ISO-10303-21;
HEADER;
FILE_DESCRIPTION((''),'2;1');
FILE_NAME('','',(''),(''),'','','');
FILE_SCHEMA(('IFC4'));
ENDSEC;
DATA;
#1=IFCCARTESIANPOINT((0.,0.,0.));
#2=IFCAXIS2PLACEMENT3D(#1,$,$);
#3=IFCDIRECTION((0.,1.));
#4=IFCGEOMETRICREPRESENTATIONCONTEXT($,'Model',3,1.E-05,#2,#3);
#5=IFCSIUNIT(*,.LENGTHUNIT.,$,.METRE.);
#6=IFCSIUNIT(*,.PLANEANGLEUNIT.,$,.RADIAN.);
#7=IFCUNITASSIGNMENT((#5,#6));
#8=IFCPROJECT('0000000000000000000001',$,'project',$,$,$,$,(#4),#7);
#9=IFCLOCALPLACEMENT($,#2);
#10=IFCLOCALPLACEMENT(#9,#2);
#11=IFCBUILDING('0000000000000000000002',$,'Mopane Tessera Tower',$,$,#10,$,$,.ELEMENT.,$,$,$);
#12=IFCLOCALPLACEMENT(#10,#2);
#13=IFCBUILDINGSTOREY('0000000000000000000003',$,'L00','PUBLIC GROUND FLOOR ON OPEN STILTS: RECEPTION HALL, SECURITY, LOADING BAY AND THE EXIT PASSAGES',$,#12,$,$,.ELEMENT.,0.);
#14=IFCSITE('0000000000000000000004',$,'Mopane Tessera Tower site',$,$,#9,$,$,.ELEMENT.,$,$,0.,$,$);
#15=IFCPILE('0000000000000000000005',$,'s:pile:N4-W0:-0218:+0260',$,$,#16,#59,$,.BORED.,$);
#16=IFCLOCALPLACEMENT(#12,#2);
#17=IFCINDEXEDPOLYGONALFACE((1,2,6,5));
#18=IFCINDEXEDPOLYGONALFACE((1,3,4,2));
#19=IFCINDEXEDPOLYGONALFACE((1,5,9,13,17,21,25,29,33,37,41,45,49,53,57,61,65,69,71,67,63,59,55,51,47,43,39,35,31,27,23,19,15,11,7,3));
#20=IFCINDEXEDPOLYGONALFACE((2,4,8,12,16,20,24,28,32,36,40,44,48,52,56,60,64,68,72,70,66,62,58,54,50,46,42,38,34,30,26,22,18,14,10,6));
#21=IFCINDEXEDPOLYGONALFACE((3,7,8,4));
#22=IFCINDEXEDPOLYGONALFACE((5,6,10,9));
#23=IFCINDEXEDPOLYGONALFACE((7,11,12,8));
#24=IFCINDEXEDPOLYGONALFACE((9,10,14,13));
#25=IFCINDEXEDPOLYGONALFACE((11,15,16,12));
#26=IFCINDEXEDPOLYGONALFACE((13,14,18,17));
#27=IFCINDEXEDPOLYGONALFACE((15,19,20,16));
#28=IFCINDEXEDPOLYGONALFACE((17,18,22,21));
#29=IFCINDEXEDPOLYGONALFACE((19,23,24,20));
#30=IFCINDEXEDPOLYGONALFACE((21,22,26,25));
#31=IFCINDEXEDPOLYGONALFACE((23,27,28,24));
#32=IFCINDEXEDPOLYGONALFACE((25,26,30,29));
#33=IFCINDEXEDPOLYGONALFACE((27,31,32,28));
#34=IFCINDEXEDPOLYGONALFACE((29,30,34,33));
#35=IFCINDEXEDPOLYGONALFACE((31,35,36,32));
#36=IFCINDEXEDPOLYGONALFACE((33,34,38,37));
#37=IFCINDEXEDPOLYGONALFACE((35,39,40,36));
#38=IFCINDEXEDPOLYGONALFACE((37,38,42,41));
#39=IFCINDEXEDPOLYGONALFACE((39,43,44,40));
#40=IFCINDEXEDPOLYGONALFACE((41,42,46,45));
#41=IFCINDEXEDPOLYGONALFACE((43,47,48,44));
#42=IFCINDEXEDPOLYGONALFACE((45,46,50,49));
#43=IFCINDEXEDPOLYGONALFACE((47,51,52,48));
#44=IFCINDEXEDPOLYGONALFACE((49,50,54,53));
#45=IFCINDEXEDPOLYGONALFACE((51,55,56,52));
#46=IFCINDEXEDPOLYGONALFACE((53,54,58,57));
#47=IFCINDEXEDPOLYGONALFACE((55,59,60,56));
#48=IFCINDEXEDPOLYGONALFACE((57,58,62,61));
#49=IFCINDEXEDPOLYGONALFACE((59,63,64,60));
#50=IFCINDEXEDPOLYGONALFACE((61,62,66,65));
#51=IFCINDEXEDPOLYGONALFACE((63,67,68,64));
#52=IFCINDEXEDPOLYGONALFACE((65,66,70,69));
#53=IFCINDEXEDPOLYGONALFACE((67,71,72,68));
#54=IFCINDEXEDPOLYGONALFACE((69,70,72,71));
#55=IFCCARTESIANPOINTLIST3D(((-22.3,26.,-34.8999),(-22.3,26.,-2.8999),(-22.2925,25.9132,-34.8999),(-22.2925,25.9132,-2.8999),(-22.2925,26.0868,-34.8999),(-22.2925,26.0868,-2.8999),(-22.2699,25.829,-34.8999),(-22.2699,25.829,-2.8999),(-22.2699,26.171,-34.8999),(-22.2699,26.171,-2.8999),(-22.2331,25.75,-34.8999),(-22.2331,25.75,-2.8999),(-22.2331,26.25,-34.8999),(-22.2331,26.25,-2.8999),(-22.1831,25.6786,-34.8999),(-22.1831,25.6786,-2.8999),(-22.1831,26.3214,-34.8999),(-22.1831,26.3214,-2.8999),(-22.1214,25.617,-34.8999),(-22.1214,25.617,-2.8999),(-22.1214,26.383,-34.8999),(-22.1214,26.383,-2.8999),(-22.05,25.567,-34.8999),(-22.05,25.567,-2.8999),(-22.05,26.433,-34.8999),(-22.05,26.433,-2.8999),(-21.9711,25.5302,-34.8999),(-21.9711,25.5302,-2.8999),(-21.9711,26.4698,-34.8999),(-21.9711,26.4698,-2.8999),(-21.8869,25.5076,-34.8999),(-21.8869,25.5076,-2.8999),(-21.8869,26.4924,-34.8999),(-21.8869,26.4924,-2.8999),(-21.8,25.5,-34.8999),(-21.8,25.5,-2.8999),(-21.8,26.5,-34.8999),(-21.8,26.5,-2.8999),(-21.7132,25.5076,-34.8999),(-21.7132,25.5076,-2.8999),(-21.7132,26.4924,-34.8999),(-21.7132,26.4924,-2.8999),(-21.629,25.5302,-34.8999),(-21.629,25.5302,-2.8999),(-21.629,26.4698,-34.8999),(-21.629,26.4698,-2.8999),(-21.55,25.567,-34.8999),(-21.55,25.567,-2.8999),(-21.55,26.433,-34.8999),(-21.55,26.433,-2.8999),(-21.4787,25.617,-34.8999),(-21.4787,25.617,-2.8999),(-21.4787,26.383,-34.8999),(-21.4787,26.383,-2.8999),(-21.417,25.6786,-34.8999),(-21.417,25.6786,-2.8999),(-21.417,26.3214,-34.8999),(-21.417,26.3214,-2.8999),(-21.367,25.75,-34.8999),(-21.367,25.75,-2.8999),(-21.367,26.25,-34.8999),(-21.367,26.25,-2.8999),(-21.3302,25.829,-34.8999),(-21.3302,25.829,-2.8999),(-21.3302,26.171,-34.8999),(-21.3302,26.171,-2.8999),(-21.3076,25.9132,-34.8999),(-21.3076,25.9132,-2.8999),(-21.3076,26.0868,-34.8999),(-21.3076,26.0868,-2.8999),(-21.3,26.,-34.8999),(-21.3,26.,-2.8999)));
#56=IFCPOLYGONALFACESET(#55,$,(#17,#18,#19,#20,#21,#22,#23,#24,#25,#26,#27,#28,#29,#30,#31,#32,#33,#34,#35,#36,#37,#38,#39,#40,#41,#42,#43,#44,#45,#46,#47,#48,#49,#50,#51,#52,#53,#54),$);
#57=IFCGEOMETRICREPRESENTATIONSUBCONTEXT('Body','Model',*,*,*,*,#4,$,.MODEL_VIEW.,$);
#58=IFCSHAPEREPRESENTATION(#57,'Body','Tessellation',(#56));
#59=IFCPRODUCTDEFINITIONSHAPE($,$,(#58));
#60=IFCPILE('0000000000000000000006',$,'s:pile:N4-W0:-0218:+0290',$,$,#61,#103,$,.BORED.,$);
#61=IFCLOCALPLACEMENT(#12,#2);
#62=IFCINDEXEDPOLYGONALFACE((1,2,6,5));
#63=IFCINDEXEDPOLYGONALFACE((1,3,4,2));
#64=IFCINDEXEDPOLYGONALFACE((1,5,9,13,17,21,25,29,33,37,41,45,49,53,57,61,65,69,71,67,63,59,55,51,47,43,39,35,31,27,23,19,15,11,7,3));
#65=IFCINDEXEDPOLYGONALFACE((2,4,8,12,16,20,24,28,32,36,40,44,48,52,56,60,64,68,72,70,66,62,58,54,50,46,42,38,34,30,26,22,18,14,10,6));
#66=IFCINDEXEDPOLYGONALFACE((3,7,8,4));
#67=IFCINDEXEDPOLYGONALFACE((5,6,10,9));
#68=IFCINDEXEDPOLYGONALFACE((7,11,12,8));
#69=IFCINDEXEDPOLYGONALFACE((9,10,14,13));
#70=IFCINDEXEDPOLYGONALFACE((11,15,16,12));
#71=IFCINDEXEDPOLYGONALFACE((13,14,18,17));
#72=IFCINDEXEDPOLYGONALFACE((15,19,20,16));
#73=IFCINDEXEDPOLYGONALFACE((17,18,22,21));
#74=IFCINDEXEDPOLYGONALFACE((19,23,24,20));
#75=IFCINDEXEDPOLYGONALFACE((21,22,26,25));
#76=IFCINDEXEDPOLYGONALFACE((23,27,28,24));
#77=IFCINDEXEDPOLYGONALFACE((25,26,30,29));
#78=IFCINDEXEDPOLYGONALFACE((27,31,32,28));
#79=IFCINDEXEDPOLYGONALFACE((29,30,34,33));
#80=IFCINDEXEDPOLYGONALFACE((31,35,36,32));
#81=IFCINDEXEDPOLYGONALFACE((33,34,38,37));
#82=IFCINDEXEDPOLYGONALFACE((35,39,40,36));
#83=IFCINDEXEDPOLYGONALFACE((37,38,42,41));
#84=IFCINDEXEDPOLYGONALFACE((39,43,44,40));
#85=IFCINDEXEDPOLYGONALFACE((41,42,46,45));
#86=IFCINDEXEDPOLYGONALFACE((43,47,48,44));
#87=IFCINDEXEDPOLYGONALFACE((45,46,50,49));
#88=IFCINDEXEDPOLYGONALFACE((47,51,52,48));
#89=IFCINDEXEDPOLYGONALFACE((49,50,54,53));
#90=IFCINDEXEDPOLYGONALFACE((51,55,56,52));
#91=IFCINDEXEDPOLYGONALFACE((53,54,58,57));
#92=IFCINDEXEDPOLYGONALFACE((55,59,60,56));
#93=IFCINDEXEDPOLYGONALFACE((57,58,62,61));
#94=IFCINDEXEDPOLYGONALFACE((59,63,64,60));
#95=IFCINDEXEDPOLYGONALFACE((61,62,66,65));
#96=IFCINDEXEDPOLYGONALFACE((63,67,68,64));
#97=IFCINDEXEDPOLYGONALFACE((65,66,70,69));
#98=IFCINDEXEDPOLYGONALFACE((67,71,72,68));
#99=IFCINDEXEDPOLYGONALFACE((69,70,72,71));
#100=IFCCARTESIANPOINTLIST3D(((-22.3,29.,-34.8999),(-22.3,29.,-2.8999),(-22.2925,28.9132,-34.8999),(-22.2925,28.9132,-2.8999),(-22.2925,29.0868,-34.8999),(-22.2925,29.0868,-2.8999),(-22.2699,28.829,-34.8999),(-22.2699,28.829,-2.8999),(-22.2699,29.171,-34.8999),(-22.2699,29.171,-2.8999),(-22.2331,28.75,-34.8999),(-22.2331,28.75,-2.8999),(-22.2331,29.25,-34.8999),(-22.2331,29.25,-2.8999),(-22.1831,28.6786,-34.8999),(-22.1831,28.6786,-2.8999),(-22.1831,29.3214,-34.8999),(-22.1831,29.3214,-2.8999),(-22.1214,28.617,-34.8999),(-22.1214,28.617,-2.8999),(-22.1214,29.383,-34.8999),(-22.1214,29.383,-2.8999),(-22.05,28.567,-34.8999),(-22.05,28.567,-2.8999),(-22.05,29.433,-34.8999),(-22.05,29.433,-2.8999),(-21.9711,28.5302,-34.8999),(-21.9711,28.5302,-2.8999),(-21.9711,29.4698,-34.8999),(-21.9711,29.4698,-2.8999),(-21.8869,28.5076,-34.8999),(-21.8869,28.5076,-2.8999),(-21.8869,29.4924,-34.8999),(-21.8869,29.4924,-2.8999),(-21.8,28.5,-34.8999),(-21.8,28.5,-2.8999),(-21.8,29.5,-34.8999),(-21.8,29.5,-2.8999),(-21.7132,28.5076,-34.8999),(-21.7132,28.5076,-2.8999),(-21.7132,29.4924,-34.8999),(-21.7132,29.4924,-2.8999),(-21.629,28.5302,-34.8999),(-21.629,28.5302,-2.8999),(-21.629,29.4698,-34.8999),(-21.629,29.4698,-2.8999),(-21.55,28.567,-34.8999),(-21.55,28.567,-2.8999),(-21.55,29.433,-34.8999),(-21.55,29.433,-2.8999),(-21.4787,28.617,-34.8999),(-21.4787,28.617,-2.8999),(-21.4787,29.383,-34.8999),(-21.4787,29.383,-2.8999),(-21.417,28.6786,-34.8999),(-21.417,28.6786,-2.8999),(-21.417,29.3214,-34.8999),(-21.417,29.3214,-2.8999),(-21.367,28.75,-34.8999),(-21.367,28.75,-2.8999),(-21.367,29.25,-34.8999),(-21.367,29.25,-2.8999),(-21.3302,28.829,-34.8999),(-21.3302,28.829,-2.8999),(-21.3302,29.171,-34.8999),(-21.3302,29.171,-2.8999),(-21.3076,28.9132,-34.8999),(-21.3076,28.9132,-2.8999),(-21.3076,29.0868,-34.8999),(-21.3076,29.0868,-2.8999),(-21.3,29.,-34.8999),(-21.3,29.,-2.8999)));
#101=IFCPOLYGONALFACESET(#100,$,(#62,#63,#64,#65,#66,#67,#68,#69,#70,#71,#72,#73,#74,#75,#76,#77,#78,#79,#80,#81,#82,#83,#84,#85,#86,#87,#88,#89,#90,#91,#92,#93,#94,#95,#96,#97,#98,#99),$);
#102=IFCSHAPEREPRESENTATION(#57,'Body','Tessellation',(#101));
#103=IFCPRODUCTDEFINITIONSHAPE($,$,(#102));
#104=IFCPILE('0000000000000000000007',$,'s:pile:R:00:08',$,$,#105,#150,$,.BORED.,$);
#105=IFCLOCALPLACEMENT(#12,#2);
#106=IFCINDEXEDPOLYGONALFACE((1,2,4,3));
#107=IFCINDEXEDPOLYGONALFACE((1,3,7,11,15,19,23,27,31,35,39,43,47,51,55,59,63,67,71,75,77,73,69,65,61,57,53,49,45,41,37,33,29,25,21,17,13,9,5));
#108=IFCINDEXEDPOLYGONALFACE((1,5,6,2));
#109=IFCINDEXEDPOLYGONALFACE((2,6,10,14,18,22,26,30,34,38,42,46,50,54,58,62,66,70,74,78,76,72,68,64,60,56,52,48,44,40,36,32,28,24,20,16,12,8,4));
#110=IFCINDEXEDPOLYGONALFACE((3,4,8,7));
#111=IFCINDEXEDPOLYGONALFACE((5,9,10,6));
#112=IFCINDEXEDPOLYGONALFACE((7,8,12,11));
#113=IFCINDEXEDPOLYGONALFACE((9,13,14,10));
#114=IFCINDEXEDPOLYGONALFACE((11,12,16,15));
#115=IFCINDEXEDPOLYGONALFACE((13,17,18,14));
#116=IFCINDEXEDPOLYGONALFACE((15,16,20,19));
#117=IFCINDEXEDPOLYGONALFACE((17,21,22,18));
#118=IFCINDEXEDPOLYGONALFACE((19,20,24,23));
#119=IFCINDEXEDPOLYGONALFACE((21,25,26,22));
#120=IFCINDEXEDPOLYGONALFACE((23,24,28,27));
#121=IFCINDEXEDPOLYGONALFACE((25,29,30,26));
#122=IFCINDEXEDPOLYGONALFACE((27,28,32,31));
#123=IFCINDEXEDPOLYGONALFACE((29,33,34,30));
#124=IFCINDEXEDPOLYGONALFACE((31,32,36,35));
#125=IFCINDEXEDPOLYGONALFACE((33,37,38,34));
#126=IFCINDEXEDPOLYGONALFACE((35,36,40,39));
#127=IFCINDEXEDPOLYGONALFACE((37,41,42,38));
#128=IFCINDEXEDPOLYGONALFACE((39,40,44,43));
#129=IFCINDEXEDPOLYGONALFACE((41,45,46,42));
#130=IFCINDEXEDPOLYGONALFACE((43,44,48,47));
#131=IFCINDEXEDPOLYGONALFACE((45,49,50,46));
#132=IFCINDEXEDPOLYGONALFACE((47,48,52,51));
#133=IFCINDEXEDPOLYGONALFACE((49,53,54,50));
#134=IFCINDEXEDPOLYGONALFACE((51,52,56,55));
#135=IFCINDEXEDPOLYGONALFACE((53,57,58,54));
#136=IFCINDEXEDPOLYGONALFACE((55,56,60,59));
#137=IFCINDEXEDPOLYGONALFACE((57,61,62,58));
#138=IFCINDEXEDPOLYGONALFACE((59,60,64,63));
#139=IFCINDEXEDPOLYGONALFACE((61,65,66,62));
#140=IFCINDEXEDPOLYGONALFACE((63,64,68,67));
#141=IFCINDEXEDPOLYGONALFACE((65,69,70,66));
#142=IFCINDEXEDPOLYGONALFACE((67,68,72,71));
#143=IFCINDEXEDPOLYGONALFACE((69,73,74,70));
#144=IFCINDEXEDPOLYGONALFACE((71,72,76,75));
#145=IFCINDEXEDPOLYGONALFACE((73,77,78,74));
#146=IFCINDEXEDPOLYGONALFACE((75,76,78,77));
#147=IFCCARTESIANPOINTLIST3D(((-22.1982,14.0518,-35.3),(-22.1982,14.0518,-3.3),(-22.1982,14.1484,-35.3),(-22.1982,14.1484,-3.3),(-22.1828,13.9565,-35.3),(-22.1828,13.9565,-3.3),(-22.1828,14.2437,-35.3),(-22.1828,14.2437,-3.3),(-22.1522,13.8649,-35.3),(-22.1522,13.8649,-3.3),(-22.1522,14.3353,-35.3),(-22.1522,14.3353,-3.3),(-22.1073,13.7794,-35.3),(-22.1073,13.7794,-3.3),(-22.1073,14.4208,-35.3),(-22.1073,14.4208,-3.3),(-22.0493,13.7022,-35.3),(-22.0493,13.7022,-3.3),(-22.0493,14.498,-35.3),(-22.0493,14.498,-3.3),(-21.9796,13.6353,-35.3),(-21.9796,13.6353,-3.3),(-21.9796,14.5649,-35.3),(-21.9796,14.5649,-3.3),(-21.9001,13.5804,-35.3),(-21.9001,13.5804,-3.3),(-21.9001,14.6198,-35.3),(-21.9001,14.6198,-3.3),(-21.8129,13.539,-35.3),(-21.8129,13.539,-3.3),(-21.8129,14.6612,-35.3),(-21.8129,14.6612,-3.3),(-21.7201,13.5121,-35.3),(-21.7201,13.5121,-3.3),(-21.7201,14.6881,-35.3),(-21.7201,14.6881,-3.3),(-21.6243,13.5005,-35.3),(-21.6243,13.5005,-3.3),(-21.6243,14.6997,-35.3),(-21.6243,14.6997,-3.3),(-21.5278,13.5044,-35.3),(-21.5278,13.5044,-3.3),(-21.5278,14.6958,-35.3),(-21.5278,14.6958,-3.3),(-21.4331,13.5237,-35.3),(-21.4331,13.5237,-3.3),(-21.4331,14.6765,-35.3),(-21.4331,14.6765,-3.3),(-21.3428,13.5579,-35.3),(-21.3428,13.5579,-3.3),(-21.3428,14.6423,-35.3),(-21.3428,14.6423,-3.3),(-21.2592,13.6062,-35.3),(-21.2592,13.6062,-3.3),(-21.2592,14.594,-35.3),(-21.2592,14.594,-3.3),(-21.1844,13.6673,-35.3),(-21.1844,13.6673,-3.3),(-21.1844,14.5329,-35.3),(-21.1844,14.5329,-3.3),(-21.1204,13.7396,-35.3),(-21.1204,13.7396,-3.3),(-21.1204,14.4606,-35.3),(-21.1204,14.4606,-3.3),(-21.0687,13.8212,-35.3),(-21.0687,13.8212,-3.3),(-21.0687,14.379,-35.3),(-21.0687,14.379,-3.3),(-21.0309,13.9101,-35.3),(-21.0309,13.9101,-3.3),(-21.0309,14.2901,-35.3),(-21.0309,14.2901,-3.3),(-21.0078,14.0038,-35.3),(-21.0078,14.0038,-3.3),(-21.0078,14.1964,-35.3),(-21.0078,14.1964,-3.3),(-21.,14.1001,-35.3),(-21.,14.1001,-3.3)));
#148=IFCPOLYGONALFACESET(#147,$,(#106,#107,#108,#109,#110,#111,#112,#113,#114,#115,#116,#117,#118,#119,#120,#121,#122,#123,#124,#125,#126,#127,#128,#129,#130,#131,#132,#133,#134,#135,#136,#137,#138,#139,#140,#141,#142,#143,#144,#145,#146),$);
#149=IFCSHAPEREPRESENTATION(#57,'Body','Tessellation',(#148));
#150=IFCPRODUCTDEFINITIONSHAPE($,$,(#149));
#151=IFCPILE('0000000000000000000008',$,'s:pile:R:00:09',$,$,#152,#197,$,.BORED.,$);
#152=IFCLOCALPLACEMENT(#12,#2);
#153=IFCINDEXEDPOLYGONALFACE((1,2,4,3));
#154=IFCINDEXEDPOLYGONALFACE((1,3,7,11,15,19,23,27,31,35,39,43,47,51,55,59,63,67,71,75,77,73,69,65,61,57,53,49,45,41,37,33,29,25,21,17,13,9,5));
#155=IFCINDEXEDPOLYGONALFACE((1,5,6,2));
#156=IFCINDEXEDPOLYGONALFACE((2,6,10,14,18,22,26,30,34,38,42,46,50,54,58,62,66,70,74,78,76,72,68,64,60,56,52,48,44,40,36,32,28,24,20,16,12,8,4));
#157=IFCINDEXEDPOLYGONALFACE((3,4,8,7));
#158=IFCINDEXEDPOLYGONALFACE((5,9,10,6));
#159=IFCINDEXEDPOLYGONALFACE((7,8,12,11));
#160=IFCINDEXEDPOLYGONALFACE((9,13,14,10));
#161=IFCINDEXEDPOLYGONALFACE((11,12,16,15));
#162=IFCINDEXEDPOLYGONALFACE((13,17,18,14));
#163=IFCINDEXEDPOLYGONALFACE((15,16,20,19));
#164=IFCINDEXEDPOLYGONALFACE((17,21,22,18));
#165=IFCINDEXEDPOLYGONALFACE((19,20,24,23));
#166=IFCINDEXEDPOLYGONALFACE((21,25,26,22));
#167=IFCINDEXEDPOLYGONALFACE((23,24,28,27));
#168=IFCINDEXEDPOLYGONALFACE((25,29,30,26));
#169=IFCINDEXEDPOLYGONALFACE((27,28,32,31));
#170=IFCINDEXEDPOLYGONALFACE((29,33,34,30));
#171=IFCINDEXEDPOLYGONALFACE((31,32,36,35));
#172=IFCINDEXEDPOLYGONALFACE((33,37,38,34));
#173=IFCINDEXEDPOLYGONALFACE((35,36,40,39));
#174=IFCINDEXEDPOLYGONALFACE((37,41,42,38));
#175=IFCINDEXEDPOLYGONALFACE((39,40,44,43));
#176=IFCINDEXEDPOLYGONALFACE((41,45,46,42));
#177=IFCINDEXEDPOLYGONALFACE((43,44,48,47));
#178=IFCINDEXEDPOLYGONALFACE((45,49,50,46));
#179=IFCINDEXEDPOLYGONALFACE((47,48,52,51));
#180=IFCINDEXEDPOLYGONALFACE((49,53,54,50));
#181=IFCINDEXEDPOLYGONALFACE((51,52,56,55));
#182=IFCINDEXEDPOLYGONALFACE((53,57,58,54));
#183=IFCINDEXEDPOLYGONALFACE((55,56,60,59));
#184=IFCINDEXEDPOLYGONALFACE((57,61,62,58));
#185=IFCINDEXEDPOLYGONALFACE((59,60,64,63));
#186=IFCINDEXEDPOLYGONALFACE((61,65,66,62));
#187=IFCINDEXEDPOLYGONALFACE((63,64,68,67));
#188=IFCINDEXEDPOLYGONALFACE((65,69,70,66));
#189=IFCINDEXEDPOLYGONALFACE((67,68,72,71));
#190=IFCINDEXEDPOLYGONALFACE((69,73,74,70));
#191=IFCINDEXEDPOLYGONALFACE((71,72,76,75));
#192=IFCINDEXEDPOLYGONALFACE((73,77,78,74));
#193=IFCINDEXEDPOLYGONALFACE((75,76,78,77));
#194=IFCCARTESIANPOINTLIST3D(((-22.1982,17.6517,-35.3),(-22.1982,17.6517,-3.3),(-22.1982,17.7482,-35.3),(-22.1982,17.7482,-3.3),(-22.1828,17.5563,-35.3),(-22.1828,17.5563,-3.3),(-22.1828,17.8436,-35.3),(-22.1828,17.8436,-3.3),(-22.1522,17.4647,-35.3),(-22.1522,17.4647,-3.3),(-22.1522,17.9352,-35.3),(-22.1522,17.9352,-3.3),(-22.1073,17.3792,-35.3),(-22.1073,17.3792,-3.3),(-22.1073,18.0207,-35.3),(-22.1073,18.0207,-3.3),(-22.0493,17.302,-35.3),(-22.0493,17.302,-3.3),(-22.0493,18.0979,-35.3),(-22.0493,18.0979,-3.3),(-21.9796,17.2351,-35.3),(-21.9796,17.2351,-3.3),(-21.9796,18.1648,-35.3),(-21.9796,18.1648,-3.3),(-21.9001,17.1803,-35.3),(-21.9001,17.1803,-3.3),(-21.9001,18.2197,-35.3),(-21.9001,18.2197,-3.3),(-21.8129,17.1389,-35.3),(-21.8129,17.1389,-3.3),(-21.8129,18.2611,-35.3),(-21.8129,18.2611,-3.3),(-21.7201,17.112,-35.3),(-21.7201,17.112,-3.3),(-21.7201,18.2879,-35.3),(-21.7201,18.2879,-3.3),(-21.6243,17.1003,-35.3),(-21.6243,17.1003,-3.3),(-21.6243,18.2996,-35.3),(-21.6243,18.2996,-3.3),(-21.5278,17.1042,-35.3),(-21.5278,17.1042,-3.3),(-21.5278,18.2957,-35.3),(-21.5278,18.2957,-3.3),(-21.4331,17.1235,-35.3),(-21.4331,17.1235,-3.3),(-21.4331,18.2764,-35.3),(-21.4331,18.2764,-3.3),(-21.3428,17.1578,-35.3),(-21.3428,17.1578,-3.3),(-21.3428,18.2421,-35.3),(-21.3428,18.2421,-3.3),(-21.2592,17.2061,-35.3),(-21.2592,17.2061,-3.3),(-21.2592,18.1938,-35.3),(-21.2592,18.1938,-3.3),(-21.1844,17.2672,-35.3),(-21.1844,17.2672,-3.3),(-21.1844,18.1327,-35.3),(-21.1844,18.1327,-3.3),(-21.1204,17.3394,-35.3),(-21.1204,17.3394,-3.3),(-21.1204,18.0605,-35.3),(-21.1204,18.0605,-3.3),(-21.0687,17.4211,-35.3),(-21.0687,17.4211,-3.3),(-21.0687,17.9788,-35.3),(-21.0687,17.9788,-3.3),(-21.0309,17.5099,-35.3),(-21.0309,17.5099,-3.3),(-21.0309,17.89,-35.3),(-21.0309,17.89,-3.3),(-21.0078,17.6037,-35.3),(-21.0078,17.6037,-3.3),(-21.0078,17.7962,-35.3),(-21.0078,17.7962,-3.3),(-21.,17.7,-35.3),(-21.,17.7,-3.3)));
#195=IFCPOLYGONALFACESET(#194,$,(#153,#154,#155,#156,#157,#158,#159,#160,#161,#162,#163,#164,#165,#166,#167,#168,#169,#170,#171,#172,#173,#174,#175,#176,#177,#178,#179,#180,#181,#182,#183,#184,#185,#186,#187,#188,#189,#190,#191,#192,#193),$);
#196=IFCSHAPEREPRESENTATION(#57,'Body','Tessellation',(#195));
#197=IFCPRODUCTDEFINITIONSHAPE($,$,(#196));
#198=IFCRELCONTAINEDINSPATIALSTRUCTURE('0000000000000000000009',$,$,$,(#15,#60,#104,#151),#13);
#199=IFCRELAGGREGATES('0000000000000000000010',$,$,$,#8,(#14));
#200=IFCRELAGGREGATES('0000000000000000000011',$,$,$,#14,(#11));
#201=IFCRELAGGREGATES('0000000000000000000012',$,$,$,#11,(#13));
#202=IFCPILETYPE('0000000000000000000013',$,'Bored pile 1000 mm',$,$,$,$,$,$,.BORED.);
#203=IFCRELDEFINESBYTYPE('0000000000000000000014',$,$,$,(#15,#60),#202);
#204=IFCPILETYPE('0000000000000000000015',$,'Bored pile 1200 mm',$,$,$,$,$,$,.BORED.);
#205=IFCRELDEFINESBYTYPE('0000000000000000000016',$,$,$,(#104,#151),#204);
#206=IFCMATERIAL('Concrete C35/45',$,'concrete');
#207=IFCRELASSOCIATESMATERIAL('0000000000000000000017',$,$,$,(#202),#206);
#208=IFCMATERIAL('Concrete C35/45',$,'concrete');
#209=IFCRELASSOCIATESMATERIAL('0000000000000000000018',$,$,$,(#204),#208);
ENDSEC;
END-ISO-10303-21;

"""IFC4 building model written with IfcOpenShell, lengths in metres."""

from ifc_helpers import new_model, si_unit, direction, frame, origin, origin_2d, place, context, subcontext, project, spatial, circle, extrude, material, material_profile, profile_set, type_object, element, save


model = new_model("IFC4")

# Units and contexts
model_context = context("Model", 3, precision=1e-05, world=origin(), true_north=direction((0.0, 1.0)))
body_context = subcontext(model_context, "Body", "Model", "MODEL_VIEW")
ifc_project = project(units=[si_unit("LENGTHUNIT", "METRE"), si_unit("PLANEANGLEUNIT", "RADIAN")], contexts=[model_context])

# Site, building, storey
site_placement = place(None, origin())
site = spatial("IfcSite", under=ifc_project, at=site_placement, Name="Mopane Tessera Tower site", CompositionType="ELEMENT", RefElevation=0.0)
building_placement = place(site_placement, origin())
building = spatial("IfcBuilding", under=site, at=building_placement, Name="Mopane Tessera Tower", CompositionType="ELEMENT")
storey_placement = place(building_placement, origin())
storey = spatial("IfcBuildingStorey", under=building, at=storey_placement, Name="L00", Description="PUBLIC GROUND FLOOR ON OPEN STILTS: RECEPTION HALL, SECURITY, LOADING BAY AND THE EXIT PASSAGES", CompositionType="ELEMENT", Elevation=0.0)

# Piles
ifc_material_1 = material(Name="Concrete C35/45", Category="concrete")
ifc_material_profile_1 = material_profile(ifc_material_1, circle(Radius=0.5, at=origin_2d()))
ifc_profile_set_1 = profile_set([ifc_material_profile_1], Name="Concrete C35/45")
pile_type_1 = type_object("IfcPileType", Name="Bored pile 1000 mm", PredefinedType="BORED", material=ifc_profile_set_1)
for number, where, z_axis, x_axis, name in (
    (1, (-21.8, 26.0, -2.8999), (0.0, 0.0, -1.0), (1.0, 0.0, 0.0), "s:pile:N4-W0:-0218:+0260"),
    (2, (-21.8, 29.0, -2.8999), (0.0, 0.0, -1.0), (1.0, 0.0, 0.0), "s:pile:N4-W0:-0218:+0290"),
):
    element("IfcPile", number, at=place(storey_placement, frame(where, z_axis=z_axis, x_axis=x_axis)), inside=storey, type_object=pile_type_1, Name=name, PredefinedType="BORED", context=body_context, shape_type="SweptSolid", body=[
        extrude(circle(Radius=0.5, at=origin_2d()), origin(), (0.0, 0.0, 1.0), 32.0),
    ])
ifc_material_2 = material(Name="Concrete C35/45", Category="concrete")
ifc_material_profile_2 = material_profile(ifc_material_2, circle(Radius=0.6001, at=origin_2d()))
ifc_profile_set_2 = profile_set([ifc_material_profile_2], Name="Concrete C35/45")
pile_type_2 = type_object("IfcPileType", Name="Bored pile 1200 mm", PredefinedType="BORED", material=ifc_profile_set_2)
for number, where, z_axis, x_axis, name in (
    (3, (-21.6001, 14.1001, -3.3), (0.0, 0.0, -1.0), (1.0, 0.0, 0.0), "s:pile:R:00:08"),
    (4, (-21.6001, 17.7, -3.3), (0.0, 0.0, -1.0), (1.0, 0.0, 0.0), "s:pile:R:00:09"),
):
    element("IfcPile", number, at=place(storey_placement, frame(where, z_axis=z_axis, x_axis=x_axis)), inside=storey, type_object=pile_type_2, Name=name, PredefinedType="BORED", context=body_context, shape_type="SweptSolid", body=[
        extrude(circle(Radius=0.6001, at=origin_2d()), origin(), (0.0, 0.0, 1.0), 32.0),
    ])

save(model, "model.ifc")
